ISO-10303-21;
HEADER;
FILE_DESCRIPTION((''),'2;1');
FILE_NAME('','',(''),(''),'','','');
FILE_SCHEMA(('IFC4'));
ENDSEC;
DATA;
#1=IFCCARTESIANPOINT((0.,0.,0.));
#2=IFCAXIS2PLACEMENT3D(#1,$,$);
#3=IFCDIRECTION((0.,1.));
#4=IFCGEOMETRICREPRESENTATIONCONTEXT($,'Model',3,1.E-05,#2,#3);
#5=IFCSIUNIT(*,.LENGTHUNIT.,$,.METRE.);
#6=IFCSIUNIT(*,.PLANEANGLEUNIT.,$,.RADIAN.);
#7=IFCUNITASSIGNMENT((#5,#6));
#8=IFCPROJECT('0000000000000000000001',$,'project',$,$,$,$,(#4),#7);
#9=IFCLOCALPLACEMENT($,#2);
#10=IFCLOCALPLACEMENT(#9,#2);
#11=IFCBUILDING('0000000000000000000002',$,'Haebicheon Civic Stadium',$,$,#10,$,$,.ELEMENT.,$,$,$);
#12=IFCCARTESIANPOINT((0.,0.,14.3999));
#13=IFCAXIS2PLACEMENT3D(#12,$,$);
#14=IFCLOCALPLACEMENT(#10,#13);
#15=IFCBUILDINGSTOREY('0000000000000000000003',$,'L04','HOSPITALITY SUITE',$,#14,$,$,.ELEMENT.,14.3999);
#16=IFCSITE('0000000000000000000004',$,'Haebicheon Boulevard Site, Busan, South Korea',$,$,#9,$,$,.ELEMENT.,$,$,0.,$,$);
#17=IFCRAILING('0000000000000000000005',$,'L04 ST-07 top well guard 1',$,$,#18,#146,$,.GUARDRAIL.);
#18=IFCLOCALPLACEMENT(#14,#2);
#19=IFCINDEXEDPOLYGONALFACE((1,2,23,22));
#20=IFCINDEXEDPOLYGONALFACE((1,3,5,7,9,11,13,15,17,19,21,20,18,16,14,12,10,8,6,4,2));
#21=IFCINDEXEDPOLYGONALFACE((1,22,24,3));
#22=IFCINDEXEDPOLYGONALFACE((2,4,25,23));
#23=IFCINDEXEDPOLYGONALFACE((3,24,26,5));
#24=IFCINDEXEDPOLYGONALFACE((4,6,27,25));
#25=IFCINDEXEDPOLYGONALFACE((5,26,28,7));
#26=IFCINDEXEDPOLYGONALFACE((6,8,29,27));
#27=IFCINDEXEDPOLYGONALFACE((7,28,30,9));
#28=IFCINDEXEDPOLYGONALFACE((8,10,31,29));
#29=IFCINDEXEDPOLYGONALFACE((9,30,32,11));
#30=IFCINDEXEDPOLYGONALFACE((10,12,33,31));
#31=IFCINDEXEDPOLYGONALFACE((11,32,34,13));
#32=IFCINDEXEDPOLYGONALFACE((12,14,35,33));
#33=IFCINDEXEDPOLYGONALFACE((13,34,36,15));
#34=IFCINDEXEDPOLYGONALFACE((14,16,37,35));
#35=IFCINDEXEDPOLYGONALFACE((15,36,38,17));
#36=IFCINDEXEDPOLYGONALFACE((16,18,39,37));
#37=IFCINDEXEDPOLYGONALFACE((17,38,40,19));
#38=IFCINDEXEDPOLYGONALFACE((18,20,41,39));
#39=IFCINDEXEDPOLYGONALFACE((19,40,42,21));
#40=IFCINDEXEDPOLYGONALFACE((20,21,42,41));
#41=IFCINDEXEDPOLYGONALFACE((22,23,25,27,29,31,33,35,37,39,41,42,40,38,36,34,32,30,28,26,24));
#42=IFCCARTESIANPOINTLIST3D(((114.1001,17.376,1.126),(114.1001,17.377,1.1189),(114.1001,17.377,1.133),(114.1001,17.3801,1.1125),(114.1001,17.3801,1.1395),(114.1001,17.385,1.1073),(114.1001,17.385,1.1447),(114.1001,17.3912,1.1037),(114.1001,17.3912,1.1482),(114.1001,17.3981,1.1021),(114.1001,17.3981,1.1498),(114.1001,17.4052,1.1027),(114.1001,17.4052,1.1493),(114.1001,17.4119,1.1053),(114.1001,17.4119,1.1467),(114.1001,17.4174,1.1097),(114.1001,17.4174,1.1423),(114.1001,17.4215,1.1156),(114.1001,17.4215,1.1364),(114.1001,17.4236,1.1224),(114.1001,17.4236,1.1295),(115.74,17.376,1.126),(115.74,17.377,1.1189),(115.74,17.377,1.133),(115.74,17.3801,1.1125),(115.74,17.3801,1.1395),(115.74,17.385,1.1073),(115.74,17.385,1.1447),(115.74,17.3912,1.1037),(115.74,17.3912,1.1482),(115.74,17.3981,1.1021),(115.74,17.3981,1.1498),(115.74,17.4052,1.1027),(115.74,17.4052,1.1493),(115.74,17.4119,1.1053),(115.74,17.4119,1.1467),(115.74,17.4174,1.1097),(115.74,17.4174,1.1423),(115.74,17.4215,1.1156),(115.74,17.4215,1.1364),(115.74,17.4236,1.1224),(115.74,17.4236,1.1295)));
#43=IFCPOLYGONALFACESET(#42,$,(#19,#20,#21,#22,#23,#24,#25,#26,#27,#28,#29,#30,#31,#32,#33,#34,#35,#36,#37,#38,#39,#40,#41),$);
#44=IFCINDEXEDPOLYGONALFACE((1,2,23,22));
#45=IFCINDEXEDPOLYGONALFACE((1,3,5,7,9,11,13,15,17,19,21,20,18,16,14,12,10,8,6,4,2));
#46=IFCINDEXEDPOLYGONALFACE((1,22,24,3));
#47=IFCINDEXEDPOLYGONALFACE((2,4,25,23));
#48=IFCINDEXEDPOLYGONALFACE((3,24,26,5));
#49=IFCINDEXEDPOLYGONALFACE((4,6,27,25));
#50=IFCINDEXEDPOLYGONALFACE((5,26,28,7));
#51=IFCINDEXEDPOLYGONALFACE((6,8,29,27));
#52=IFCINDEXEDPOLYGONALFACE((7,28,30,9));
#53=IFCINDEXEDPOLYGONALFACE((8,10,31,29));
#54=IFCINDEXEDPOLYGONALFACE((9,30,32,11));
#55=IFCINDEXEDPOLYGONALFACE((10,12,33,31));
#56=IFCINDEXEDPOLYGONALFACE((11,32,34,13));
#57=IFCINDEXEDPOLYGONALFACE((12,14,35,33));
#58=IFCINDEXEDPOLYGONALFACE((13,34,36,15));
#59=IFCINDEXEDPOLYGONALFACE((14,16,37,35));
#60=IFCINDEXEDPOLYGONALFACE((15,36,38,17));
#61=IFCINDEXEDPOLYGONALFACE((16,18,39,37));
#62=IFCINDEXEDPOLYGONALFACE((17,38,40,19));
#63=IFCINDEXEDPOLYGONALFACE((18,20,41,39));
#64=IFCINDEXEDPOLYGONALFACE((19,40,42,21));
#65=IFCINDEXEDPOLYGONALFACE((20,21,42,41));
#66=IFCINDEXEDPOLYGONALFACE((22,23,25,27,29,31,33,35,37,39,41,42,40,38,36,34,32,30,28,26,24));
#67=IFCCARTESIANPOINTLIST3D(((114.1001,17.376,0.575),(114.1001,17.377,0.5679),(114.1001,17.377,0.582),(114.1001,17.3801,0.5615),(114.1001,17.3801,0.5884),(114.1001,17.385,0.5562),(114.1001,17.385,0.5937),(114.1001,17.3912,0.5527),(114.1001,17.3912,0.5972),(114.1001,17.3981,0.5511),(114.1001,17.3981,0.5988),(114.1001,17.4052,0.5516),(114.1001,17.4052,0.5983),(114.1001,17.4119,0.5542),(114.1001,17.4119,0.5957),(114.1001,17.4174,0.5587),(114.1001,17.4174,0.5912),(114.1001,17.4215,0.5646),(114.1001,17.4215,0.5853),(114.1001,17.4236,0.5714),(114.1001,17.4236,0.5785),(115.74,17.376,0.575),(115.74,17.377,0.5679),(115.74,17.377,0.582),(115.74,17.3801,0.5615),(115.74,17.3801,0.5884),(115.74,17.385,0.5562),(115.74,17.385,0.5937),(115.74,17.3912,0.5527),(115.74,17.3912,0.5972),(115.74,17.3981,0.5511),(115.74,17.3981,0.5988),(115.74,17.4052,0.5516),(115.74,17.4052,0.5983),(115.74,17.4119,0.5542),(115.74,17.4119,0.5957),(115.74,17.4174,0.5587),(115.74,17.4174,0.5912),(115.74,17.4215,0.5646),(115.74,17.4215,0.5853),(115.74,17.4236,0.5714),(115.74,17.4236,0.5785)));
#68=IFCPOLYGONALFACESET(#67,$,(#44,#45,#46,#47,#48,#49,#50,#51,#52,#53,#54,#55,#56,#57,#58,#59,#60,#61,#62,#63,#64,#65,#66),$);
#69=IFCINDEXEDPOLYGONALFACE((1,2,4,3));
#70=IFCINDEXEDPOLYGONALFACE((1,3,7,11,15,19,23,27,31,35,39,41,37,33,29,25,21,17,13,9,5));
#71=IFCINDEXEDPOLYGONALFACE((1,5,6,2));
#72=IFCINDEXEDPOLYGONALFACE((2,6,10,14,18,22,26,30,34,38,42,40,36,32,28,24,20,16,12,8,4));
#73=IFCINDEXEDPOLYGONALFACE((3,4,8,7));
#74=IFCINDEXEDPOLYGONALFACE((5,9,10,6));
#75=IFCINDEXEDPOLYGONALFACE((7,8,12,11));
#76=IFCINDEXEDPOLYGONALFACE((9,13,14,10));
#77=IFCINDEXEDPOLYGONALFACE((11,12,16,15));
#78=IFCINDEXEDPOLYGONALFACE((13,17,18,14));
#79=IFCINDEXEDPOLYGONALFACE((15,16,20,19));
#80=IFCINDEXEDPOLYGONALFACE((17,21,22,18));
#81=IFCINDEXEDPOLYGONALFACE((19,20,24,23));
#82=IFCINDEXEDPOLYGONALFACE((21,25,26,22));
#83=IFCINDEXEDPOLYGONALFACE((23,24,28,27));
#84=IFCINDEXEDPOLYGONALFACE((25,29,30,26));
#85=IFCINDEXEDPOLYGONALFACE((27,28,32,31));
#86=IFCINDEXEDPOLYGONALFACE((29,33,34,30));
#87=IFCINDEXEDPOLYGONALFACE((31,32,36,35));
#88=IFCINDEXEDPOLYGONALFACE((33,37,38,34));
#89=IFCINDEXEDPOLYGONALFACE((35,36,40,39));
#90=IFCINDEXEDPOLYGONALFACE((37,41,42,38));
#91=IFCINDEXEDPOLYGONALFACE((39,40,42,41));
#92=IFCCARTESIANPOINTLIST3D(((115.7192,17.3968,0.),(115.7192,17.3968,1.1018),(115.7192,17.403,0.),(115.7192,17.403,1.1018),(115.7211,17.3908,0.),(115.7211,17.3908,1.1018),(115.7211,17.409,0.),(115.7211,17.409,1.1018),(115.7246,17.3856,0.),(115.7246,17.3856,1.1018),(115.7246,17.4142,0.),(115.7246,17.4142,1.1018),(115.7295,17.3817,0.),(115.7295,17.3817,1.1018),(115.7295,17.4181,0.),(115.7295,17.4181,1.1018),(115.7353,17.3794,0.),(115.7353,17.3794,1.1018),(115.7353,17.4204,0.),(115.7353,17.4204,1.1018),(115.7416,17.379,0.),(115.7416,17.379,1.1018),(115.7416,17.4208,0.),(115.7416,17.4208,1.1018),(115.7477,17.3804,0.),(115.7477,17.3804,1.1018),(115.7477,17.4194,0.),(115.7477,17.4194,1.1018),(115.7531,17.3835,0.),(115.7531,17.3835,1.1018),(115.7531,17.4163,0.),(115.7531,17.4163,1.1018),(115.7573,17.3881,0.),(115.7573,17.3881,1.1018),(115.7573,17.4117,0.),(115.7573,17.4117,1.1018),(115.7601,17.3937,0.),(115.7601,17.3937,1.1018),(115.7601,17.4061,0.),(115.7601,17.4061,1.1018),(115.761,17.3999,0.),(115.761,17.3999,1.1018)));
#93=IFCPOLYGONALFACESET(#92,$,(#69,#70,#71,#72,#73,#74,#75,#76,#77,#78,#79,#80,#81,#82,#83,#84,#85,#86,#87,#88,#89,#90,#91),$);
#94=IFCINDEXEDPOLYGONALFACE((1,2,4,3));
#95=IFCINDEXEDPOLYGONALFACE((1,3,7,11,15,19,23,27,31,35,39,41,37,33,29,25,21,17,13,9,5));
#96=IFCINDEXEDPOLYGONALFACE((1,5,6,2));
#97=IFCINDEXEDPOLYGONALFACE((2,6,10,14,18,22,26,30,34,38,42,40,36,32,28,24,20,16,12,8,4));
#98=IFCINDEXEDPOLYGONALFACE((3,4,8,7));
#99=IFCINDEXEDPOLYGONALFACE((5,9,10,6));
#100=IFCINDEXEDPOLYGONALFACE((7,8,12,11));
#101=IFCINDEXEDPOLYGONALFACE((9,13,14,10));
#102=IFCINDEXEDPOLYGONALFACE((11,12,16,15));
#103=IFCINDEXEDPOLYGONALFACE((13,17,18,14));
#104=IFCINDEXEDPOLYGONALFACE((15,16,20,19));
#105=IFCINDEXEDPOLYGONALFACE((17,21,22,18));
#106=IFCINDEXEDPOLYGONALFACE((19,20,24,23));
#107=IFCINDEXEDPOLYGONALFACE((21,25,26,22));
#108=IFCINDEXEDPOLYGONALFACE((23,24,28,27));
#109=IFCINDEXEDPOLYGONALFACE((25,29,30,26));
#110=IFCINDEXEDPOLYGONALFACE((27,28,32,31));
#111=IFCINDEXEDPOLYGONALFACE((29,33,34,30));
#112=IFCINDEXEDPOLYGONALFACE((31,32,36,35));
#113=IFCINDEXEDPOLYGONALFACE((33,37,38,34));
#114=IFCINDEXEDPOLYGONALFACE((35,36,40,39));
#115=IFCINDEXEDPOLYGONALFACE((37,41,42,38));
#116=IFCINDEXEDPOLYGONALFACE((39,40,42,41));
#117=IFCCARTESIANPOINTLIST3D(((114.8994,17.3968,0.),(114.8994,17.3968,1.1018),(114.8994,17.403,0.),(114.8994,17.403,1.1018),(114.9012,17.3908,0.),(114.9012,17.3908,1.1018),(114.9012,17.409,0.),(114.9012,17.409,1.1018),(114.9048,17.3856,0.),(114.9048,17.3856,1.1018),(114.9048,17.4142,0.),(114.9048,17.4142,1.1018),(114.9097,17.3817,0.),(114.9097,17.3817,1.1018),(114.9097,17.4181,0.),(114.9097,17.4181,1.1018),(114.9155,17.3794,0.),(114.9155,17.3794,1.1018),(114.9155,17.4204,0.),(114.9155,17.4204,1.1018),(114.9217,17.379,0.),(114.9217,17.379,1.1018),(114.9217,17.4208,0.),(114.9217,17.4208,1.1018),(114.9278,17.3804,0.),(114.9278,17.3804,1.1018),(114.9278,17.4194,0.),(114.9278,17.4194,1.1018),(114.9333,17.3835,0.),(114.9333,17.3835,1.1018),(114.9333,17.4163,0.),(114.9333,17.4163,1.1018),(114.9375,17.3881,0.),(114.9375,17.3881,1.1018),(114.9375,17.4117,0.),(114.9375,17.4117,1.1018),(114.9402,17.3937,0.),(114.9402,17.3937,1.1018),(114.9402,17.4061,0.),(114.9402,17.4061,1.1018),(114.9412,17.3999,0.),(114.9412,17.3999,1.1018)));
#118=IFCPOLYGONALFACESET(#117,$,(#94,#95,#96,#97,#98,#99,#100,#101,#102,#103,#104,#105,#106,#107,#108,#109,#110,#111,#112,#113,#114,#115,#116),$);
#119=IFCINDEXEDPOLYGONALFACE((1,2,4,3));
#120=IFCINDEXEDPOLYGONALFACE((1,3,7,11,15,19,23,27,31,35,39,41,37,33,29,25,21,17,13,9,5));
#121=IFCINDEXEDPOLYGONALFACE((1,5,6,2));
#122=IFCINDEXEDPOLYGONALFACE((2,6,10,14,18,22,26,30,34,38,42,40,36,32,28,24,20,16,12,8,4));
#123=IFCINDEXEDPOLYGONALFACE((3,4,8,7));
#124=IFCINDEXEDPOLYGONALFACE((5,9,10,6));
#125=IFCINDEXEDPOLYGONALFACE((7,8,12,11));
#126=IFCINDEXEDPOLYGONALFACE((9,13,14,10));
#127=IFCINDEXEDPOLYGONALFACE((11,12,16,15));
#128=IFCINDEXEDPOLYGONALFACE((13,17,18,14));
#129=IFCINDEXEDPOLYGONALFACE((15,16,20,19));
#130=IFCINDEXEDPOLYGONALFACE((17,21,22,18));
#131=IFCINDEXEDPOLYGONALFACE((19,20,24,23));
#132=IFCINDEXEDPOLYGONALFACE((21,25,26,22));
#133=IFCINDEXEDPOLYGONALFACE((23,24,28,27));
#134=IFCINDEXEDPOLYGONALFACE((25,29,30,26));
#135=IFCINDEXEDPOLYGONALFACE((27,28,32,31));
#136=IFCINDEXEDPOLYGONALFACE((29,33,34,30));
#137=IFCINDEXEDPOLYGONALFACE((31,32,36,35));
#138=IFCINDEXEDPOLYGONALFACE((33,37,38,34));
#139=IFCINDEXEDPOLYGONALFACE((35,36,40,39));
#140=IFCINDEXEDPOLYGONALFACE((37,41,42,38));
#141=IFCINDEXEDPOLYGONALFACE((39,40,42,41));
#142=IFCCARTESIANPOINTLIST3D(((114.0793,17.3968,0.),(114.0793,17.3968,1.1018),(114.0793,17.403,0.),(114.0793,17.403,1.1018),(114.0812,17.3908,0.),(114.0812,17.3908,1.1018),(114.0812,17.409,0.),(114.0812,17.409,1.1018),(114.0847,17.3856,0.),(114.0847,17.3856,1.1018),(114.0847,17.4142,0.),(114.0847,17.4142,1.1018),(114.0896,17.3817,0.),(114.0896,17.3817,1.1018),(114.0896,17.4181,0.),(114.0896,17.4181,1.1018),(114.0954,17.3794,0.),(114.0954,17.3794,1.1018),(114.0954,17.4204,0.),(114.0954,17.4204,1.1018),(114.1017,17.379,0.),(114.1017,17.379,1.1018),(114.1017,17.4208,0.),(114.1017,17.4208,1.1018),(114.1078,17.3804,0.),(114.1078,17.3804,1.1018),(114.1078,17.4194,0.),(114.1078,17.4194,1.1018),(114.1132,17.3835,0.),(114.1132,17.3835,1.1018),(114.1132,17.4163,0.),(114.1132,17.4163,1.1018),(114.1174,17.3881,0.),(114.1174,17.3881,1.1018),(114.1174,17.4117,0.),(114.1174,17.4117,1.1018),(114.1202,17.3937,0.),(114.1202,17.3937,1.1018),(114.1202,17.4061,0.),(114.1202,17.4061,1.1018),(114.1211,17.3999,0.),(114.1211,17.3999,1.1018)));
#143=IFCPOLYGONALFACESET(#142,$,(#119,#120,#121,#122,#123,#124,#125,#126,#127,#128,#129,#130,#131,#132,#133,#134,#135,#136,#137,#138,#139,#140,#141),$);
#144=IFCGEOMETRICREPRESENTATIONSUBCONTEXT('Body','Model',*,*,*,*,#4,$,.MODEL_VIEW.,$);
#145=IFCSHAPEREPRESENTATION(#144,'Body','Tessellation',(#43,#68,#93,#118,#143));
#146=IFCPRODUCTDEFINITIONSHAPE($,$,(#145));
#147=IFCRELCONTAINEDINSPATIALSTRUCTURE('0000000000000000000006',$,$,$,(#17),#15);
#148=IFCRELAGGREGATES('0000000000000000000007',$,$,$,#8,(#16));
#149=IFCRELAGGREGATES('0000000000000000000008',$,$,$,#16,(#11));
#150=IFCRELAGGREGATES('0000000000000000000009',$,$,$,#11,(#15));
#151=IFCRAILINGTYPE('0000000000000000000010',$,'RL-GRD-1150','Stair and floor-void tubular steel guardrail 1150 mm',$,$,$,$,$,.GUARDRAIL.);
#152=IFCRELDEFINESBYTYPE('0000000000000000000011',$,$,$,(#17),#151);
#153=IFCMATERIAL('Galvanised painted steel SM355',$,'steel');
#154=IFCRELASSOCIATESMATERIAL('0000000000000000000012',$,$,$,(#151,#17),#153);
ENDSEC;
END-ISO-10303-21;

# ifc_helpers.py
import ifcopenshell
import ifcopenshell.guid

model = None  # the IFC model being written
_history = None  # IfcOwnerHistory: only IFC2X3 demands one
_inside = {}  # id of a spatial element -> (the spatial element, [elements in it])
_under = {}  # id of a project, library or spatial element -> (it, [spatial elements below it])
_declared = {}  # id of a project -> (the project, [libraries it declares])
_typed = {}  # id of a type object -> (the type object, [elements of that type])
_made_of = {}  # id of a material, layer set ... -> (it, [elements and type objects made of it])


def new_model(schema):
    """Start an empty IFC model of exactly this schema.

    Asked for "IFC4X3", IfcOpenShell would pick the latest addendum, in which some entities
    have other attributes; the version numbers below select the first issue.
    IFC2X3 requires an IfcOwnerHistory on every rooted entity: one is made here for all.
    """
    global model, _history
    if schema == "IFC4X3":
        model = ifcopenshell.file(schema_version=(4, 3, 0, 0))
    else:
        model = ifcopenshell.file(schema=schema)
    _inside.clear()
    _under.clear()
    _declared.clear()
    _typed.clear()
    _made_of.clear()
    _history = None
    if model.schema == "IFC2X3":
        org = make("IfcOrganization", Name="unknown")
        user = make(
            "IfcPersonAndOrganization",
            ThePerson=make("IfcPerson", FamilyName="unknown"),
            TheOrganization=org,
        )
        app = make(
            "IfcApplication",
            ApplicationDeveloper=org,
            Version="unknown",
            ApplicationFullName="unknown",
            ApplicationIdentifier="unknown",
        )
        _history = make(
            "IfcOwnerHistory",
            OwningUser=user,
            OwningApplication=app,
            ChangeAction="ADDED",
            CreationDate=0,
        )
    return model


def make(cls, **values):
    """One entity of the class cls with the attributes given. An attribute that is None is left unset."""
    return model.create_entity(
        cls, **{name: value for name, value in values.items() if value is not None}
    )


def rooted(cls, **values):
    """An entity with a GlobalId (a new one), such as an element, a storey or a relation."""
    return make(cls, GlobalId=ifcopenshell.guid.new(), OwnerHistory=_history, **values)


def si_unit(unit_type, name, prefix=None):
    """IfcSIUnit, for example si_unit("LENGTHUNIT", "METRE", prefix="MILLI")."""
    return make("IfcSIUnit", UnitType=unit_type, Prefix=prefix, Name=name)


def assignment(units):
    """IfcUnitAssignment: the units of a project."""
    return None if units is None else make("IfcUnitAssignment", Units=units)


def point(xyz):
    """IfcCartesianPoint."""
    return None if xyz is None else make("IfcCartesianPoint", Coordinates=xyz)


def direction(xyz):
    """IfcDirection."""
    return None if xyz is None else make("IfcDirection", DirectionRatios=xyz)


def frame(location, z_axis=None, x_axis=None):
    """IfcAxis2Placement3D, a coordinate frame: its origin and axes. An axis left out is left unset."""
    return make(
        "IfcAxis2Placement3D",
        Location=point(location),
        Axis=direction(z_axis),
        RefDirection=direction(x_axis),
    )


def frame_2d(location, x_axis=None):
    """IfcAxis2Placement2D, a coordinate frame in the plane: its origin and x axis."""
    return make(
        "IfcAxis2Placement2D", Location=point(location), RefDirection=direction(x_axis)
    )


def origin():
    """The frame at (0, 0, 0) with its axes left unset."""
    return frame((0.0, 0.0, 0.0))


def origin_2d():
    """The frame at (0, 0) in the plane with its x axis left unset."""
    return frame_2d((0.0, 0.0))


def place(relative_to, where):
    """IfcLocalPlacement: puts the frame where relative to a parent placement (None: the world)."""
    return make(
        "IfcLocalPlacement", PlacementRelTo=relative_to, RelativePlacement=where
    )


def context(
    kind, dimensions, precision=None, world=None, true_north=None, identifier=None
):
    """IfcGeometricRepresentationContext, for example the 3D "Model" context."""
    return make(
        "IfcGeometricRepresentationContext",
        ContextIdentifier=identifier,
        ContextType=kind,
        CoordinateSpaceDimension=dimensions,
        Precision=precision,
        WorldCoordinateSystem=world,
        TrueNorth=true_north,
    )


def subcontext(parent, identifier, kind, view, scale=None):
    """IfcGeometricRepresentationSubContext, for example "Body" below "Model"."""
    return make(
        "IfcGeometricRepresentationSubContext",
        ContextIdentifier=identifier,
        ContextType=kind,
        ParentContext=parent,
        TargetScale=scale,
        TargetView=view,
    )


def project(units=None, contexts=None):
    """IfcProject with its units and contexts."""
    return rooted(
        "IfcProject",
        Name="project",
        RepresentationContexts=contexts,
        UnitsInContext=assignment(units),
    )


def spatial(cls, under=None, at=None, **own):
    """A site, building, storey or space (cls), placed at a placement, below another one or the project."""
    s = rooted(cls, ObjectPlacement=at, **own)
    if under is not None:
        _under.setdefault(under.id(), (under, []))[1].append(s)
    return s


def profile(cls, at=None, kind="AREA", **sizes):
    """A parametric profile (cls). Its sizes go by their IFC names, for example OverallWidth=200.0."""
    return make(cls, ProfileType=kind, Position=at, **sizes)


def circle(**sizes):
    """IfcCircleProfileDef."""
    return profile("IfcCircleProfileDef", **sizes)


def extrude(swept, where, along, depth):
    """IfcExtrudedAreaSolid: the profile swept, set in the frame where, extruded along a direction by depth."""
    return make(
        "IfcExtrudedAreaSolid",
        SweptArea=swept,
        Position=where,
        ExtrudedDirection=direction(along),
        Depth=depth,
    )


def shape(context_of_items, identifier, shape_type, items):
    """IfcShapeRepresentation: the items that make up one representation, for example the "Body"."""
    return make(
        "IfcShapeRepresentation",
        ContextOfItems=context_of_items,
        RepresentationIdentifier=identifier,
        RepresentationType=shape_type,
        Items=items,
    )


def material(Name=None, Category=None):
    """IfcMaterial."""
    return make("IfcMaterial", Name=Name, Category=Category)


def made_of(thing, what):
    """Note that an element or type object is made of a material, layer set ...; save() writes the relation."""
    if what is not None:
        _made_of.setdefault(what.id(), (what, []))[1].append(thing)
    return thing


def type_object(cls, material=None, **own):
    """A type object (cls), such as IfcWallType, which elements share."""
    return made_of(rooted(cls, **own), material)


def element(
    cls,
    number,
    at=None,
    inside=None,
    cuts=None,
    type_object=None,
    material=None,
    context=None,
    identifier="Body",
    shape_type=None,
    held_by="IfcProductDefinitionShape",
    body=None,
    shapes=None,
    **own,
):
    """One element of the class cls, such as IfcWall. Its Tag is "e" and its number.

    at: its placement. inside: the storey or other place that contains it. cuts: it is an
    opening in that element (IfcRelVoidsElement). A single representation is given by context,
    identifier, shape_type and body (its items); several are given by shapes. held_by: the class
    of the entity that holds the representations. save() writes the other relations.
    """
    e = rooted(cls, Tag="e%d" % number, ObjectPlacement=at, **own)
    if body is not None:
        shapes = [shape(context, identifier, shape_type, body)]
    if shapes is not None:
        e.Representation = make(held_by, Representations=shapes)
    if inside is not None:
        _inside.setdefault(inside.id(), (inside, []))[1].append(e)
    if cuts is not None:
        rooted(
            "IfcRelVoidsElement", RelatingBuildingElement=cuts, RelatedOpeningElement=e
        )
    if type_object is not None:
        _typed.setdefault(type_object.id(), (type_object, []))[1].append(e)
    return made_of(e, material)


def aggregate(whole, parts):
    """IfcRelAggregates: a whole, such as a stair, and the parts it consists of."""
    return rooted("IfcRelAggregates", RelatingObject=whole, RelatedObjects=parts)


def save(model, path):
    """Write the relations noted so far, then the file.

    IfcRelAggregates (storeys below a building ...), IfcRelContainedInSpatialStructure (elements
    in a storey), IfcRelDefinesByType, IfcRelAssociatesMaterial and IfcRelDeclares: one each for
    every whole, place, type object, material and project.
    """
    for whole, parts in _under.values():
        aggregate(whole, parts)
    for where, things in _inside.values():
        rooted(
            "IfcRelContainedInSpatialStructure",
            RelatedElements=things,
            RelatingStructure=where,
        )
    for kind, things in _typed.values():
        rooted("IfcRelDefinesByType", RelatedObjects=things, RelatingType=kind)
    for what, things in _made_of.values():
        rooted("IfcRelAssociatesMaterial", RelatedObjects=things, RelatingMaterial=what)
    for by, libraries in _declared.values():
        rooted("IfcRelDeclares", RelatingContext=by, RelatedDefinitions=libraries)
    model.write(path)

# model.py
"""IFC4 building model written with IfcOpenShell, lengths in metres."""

from ifc_helpers import new_model, si_unit, direction, frame, origin, origin_2d, place, context, subcontext, project, spatial, circle, extrude, material, type_object, element, save


model = new_model("IFC4")

# Units and contexts
model_context = context("Model", 3, precision=1e-05, world=origin(), true_north=direction((0.0, 1.0)))
body_context = subcontext(model_context, "Body", "Model", "MODEL_VIEW")
ifc_project = project(units=[si_unit("LENGTHUNIT", "METRE"), si_unit("PLANEANGLEUNIT", "RADIAN")], contexts=[model_context])

# Site, building, storey
site_placement = place(None, origin())
site = spatial("IfcSite", under=ifc_project, at=site_placement, Name="Haebicheon Boulevard Site, Busan, South Korea", CompositionType="ELEMENT", RefElevation=0.0)
building_placement = place(site_placement, origin())
building = spatial("IfcBuilding", under=site, at=building_placement, Name="Haebicheon Civic Stadium", CompositionType="ELEMENT")
storey_placement = place(building_placement, frame((0.0, 0.0, 14.3999)))
storey = spatial("IfcBuildingStorey", under=building, at=storey_placement, Name="L04", Description="HOSPITALITY SUITE", CompositionType="ELEMENT", Elevation=14.3999)

# Railing
ifc_material_1 = material(Name="Galvanised painted steel SM355", Category="steel")
railing_type = type_object("IfcRailingType", Name="RL-GRD-1150", Description="Stair and floor-void tubular steel guardrail 1150 mm", PredefinedType="GUARDRAIL", material=ifc_material_1)
railing_1_placement = place(storey_placement, frame((115.74, 17.3999, 0.0)))
element("IfcRailing", 1, at=railing_1_placement, inside=storey, type_object=railing_type, material=ifc_material_1, Name="L04 ST-07 top well guard 1", PredefinedType="GUARDRAIL", context=body_context, shape_type="SweptSolid", body=[
    extrude(circle(Radius=0.0239, at=origin_2d()), frame((0.0, 0.0, 1.126), z_axis=(-1.0, 0.0, 0.0), x_axis=(0.0, -1.0, 0.0)), (0.0, 0.0, 1.0), 1.6399),
    extrude(circle(Radius=0.0239, at=origin_2d()), frame((0.0, 0.0, 0.575), z_axis=(-1.0, 0.0, 0.0), x_axis=(0.0, -1.0, 0.0)), (0.0, 0.0, 1.0), 1.6399),
    extrude(circle(Radius=0.021, at=origin_2d()), origin(), (0.0, 0.0, 1.0), 1.1018),
    extrude(circle(Radius=0.021, at=origin_2d()), frame((-0.8198, 0.0, 0.0)), (0.0, 0.0, 1.0), 1.1018),
    extrude(circle(Radius=0.021, at=origin_2d()), frame((-1.6399, 0.0, 0.0)), (0.0, 0.0, 1.0), 1.1018),
])

save(model, "model.ifc")
